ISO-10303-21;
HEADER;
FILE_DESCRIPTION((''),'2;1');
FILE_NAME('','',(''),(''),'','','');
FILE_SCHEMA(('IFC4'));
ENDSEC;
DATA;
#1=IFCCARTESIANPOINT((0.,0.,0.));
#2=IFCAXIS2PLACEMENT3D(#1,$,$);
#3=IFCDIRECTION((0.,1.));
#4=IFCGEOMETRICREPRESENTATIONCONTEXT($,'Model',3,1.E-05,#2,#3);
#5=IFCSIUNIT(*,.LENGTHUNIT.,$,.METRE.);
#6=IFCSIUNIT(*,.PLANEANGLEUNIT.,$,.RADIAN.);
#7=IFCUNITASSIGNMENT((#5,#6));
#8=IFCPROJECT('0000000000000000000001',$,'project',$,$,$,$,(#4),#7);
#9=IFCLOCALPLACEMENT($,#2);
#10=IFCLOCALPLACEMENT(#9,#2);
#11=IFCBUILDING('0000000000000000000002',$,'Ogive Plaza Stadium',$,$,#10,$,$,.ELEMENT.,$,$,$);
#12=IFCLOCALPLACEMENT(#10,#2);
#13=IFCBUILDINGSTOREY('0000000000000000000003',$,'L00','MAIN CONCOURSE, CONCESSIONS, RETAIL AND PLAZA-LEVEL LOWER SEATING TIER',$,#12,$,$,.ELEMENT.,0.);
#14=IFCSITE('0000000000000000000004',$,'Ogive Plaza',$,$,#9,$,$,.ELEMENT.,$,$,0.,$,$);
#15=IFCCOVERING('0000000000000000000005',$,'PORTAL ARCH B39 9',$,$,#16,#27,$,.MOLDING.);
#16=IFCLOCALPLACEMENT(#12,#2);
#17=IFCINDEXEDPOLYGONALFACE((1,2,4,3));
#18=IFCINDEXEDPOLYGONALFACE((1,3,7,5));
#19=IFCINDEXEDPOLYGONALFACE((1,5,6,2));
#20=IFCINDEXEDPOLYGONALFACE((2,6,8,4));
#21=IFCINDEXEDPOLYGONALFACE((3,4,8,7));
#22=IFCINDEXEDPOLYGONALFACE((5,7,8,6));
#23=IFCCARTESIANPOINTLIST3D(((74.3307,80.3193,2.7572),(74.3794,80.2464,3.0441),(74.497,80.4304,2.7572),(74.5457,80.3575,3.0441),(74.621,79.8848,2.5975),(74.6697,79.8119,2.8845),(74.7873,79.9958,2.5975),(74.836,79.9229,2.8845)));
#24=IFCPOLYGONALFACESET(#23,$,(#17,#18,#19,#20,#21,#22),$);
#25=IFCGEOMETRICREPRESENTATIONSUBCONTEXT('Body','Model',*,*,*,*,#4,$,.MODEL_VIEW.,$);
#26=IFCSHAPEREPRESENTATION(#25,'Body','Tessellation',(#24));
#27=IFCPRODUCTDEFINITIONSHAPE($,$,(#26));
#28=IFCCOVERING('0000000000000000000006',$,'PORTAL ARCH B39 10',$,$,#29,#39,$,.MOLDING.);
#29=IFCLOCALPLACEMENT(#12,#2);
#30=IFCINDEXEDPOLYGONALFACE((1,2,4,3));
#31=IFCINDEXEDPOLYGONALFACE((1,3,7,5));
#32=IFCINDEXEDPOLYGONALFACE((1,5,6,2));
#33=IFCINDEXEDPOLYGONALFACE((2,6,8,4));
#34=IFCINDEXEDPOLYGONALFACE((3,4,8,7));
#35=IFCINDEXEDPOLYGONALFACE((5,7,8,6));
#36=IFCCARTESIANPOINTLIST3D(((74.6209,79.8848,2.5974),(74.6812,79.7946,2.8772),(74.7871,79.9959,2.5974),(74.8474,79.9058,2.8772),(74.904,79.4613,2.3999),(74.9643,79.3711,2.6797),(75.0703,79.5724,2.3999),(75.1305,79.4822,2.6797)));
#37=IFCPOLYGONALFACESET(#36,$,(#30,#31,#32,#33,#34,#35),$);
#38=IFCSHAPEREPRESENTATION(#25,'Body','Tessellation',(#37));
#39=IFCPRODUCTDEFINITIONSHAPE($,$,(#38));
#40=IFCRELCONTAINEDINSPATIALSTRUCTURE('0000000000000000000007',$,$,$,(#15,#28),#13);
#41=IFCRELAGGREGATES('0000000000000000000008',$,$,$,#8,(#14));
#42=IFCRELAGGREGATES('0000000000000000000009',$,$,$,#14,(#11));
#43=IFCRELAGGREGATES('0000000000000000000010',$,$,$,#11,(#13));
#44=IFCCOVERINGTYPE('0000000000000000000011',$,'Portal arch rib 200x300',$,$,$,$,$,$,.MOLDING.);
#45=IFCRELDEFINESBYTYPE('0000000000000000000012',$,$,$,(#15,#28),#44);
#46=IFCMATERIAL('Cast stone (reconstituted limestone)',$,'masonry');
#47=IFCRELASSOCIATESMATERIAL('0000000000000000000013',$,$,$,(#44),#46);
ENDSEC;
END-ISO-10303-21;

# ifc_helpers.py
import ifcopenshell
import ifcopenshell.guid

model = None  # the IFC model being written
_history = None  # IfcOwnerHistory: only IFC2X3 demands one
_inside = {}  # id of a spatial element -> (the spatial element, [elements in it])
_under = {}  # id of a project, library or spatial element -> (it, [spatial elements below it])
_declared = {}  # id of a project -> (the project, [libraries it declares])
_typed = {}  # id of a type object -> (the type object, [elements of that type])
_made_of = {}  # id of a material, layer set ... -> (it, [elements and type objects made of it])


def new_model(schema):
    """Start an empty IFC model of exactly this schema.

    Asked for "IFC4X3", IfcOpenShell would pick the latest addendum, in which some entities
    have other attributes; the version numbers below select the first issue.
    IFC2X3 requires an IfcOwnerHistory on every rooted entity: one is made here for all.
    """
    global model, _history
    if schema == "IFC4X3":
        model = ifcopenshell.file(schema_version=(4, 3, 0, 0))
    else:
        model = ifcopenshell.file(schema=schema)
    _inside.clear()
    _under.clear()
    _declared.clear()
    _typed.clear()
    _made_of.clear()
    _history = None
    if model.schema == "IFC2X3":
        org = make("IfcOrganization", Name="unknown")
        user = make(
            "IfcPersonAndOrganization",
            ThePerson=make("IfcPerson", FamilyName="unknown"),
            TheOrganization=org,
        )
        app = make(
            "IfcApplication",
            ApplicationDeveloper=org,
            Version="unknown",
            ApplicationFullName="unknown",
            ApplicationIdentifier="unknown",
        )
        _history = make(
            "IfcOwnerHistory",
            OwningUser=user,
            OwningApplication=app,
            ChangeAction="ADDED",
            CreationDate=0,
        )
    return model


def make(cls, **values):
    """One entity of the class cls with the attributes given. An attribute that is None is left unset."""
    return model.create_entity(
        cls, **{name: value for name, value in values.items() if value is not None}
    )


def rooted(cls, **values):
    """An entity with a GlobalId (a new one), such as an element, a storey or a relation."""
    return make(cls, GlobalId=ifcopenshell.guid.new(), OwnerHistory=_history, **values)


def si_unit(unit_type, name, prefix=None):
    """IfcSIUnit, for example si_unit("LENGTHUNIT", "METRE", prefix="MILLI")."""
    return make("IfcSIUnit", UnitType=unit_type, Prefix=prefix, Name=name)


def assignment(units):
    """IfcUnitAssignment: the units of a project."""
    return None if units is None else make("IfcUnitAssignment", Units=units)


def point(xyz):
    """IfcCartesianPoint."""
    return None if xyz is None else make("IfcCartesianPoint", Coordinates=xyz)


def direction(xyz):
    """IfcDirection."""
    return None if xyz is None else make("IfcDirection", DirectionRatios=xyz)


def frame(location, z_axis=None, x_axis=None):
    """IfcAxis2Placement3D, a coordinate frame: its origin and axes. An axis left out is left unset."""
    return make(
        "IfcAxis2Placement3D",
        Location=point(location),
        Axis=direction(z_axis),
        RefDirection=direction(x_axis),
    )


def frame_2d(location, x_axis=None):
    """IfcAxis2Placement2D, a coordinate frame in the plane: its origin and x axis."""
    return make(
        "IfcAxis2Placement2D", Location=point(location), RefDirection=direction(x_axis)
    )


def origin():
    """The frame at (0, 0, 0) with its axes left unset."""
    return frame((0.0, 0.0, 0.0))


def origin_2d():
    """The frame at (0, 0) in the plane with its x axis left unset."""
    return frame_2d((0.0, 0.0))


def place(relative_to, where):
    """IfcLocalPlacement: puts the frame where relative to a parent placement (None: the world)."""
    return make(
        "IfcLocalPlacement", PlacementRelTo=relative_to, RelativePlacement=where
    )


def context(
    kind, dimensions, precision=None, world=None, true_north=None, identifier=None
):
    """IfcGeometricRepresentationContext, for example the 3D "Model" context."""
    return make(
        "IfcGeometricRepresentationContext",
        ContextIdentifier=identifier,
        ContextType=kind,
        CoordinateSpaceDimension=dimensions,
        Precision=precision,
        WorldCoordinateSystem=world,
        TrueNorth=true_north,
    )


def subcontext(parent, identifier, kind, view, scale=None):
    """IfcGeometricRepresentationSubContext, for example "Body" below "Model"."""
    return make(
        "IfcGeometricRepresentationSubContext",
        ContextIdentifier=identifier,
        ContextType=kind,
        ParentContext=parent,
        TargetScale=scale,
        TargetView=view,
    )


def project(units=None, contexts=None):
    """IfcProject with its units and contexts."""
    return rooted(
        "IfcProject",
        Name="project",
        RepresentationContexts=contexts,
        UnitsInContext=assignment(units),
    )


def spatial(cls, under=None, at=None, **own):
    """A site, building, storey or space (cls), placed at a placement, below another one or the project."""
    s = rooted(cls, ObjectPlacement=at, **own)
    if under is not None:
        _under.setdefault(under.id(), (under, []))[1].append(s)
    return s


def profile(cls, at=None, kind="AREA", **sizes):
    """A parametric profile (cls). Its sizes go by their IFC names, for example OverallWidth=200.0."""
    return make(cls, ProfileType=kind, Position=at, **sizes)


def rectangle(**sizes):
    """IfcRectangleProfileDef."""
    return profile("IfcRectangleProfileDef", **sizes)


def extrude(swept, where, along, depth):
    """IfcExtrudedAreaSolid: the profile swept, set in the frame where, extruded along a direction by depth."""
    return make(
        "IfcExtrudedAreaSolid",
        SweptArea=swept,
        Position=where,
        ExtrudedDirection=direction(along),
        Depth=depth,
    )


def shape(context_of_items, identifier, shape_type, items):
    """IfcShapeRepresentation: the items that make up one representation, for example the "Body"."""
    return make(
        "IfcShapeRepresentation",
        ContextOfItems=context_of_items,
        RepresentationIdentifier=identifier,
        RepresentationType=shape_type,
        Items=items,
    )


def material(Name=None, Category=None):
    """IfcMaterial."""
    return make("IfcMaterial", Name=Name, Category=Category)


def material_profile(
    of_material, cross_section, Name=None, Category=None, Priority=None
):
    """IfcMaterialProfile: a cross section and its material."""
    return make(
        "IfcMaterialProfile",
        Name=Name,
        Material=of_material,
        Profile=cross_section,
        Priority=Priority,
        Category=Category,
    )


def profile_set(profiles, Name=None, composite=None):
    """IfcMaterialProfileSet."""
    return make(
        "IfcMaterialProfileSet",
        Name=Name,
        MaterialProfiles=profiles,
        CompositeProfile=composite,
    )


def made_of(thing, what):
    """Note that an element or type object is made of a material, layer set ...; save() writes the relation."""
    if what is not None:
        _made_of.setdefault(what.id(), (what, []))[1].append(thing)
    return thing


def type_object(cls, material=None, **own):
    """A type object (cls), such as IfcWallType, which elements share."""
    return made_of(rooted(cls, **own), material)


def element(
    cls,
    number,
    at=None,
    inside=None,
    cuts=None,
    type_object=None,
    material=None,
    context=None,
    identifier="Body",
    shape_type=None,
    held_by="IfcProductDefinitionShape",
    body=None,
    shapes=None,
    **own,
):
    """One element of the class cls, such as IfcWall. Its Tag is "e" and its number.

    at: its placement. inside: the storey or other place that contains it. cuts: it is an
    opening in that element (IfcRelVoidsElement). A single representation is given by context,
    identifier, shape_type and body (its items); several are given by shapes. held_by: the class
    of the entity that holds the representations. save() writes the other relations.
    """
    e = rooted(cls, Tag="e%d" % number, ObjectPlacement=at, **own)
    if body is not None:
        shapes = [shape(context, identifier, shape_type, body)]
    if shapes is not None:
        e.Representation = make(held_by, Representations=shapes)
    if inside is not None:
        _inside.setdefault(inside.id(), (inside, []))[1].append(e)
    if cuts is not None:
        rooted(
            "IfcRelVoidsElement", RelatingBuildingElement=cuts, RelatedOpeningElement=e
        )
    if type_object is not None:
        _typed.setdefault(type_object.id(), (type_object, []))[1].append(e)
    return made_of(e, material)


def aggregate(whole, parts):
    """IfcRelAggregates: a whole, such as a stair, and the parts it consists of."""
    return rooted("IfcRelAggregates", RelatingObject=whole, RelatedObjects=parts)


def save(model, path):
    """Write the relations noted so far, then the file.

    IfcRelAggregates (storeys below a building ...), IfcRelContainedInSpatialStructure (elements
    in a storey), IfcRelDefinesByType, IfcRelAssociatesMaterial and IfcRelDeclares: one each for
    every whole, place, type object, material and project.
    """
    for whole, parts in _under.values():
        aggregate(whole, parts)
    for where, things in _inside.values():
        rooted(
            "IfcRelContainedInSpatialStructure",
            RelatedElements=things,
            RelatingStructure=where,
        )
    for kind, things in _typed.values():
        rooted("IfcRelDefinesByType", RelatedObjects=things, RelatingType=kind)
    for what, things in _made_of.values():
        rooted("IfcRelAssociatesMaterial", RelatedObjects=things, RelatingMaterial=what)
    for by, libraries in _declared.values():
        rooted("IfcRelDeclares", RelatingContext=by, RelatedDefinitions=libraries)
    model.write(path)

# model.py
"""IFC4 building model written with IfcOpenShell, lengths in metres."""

from ifc_helpers import new_model, si_unit, direction, frame, origin, origin_2d, place, context, subcontext, project, spatial, rectangle, extrude, material, material_profile, profile_set, type_object, element, save


model = new_model("IFC4")

# Units and contexts
model_context = context("Model", 3, precision=1e-05, world=origin(), true_north=direction((0.0, 1.0)))
body_context = subcontext(model_context, "Body", "Model", "MODEL_VIEW")
ifc_project = project(units=[si_unit("LENGTHUNIT", "METRE"), si_unit("PLANEANGLEUNIT", "RADIAN")], contexts=[model_context])

# Site, building, storey
site_placement = place(None, origin())
site = spatial("IfcSite", under=ifc_project, at=site_placement, Name="Ogive Plaza", CompositionType="ELEMENT", RefElevation=0.0)
building_placement = place(site_placement, origin())
building = spatial("IfcBuilding", under=site, at=building_placement, Name="Ogive Plaza Stadium", CompositionType="ELEMENT")
storey_placement = place(building_placement, origin())
storey = spatial("IfcBuildingStorey", under=building, at=storey_placement, Name="L00", Description="MAIN CONCOURSE, CONCESSIONS, RETAIL AND PLAZA-LEVEL LOWER SEATING TIER", CompositionType="ELEMENT", Elevation=0.0)

# Coverings
ifc_material_1 = material(Name="Cast stone (reconstituted limestone)", Category="masonry")
ifc_material_profile_1 = material_profile(ifc_material_1, rectangle(XDim=0.2, YDim=0.3, at=origin_2d()), Name="Cast stone 200x300")
ifc_profile_set_1 = profile_set([ifc_material_profile_1], Name="Cast stone (reconstituted limestone)")
covering_type = type_object("IfcCoveringType", Name="Portal arch rib 200x300", PredefinedType="MOLDING", material=ifc_profile_set_1)
for number, where, z_axis, x_axis, name in (
    (1, (74.4382, 80.3384, 2.9006), (0.531215, -0.795258, -0.29219), (0.831547, 0.555455, 0.0), "PORTAL ARCH B39 9"),
    (2, (74.7341, 79.8953, 2.7373), (0.518234, -0.775117, -0.361424), (0.831312, 0.555805, 0.0), "PORTAL ARCH B39 10"),
):
    element("IfcCovering", number, at=place(storey_placement, frame(where, z_axis=z_axis, x_axis=x_axis)), inside=storey, type_object=covering_type, Name=name, PredefinedType="MOLDING", context=body_context, shape_type="SweptSolid", body=[
        extrude(rectangle(XDim=0.2, YDim=0.3, at=origin_2d()), origin(), (0.0, 0.0, 1.0), 0.5464),
    ])

save(model, "model.ifc")
